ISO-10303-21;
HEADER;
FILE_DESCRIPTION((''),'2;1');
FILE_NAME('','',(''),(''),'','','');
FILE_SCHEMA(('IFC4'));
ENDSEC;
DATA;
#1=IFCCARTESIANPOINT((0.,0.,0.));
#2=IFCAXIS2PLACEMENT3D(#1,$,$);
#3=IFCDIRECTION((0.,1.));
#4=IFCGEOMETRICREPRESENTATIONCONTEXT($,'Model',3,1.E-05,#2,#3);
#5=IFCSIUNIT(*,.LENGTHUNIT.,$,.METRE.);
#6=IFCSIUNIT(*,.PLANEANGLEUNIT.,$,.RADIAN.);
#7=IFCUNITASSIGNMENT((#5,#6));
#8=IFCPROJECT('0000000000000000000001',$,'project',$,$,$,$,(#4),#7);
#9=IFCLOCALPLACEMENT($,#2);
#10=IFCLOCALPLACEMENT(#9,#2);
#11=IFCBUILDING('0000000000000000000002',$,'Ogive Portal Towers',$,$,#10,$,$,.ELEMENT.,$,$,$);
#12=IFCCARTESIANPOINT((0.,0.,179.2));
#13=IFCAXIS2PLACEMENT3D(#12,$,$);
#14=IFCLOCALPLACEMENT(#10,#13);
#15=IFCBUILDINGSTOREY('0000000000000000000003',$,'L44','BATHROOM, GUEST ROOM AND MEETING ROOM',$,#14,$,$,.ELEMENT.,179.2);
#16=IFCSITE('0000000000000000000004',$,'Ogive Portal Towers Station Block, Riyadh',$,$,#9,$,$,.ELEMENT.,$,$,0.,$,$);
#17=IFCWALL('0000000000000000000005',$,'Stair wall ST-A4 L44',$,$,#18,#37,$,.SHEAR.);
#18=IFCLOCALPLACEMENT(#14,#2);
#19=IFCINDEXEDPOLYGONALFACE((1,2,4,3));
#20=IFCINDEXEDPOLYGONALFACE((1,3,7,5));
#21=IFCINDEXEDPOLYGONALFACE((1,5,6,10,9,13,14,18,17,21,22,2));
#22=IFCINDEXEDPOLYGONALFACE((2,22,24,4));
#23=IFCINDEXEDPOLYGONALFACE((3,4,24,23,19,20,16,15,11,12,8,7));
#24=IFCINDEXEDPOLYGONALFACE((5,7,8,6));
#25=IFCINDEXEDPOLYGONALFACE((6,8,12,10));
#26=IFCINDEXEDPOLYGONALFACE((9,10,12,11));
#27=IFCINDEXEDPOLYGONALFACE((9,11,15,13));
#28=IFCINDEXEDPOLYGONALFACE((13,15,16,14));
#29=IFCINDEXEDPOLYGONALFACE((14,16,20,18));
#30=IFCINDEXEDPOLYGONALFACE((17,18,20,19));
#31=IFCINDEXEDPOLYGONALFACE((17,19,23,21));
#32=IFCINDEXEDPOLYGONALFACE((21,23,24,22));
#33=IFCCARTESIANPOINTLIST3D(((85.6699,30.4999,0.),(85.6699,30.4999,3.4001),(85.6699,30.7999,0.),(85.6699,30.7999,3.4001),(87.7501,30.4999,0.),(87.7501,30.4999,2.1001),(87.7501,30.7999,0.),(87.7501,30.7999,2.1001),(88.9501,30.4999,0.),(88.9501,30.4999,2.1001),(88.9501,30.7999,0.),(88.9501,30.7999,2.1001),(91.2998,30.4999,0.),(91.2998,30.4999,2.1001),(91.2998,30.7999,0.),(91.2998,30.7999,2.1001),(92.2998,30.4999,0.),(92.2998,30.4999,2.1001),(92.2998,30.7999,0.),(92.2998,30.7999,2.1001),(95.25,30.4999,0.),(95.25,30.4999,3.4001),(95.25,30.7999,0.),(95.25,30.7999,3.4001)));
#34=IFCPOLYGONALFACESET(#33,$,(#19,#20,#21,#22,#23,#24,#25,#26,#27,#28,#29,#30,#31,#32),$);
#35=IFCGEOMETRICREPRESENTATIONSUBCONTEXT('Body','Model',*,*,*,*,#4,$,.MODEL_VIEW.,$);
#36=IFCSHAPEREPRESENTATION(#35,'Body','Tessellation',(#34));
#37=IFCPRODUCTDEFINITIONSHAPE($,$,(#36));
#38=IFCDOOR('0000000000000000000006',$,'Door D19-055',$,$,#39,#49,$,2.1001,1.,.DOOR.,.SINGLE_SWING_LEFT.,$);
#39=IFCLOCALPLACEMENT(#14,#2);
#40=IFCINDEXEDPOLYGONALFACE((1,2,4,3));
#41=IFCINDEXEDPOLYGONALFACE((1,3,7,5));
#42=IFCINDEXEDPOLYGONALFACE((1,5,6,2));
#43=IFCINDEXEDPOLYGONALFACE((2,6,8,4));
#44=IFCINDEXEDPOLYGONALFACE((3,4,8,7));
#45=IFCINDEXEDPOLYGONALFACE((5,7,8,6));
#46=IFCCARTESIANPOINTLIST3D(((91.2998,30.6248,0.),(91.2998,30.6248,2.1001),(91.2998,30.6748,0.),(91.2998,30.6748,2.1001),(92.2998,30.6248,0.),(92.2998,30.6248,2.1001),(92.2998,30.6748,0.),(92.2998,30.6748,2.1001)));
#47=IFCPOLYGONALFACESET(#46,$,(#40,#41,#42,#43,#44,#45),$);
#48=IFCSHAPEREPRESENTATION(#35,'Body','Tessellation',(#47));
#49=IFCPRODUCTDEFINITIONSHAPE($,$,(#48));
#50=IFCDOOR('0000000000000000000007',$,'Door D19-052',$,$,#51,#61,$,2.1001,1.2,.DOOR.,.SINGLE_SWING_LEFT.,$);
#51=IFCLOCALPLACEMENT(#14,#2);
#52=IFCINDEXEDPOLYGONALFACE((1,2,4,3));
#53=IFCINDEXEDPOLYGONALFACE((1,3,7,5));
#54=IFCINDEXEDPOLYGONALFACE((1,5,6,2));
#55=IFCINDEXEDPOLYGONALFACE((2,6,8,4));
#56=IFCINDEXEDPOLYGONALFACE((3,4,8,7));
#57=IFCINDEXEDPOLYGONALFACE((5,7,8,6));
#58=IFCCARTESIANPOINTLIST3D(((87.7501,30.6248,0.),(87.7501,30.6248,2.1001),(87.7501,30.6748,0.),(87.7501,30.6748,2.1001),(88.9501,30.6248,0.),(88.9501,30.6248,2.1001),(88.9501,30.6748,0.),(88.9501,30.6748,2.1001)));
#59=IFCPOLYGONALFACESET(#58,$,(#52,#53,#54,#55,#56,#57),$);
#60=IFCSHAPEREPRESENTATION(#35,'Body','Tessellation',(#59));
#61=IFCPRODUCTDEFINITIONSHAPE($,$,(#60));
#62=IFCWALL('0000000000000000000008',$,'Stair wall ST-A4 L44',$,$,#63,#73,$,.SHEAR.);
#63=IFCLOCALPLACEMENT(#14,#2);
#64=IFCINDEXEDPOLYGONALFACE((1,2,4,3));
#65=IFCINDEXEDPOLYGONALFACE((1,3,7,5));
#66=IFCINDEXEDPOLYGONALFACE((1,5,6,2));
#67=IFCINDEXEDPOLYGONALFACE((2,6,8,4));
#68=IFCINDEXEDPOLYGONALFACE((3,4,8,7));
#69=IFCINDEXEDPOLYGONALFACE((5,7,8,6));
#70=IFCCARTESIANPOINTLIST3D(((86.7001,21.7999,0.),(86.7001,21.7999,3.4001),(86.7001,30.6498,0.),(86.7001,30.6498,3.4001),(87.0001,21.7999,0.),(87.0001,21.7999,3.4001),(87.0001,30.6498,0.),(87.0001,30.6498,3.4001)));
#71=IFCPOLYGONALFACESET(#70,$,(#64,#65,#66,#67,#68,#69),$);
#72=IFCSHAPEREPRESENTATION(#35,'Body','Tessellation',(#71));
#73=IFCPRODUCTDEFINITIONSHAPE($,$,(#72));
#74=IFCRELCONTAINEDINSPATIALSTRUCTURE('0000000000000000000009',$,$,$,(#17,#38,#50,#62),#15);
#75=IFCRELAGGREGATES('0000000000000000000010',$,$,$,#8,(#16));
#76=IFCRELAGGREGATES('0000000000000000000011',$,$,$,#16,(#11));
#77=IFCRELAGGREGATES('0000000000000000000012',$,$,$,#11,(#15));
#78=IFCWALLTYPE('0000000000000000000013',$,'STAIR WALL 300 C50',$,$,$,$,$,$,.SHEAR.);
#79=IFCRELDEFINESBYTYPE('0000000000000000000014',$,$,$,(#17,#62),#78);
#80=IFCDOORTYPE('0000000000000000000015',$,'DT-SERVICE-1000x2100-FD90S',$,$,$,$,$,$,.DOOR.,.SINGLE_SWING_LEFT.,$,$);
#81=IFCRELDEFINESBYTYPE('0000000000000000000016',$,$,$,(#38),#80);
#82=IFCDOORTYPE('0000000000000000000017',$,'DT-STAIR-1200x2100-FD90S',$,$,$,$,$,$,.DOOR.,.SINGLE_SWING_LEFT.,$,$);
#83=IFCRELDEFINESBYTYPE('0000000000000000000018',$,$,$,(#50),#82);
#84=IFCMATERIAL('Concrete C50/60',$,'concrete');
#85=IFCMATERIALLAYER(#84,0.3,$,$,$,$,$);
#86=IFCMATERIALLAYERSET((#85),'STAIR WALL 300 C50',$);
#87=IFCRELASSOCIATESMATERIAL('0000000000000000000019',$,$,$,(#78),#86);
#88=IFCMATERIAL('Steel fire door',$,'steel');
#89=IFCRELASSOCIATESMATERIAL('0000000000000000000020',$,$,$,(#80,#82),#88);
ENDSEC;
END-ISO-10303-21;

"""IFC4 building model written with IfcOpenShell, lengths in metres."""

from ifc_helpers import new_model, si_unit, direction, frame, frame_2d, origin, place, context, subcontext, project, spatial, rectangle, extrude, material, layer, layer_set, type_object, element, fill, save


model = new_model("IFC4")

# Units and contexts
model_context = context("Model", 3, precision=1e-05, world=origin(), true_north=direction((0.0, 1.0)))
body_context = subcontext(model_context, "Body", "Model", "MODEL_VIEW")
ifc_project = project(units=[si_unit("LENGTHUNIT", "METRE"), si_unit("PLANEANGLEUNIT", "RADIAN")], contexts=[model_context])

# Site, building, storey
site_placement = place(None, origin())
site = spatial("IfcSite", under=ifc_project, at=site_placement, Name="Ogive Portal Towers Station Block, Riyadh", CompositionType="ELEMENT", RefElevation=0.0)
building_placement = place(site_placement, origin())
building = spatial("IfcBuilding", under=site, at=building_placement, Name="Ogive Portal Towers", CompositionType="ELEMENT")
storey_placement = place(building_placement, frame((0.0, 0.0, 179.2)))
storey = spatial("IfcBuildingStorey", under=building, at=storey_placement, Name="L44", Description="BATHROOM, GUEST ROOM AND MEETING ROOM", CompositionType="ELEMENT", Elevation=179.2)

# Shared definitions
ifc_material_1 = material(Name="Concrete C50/60", Category="concrete")

# Shared definitions
ifc_material_2 = material(Name="Steel fire door", Category="steel")

# Shared definitions
ifc_layer_1 = layer(ifc_material_1, 0.3)
ifc_layer_set_1 = layer_set([ifc_layer_1], Name="STAIR WALL 300 C50")
wall_type_1 = type_object("IfcWallType", Name="STAIR WALL 300 C50", PredefinedType="SHEAR", material=ifc_layer_set_1)

# Wall, openings, doors
wall_1_placement = place(storey_placement, frame((85.6699, 30.6499, 0.0), z_axis=(0.0, 0.0, 1.0), x_axis=(1.0, 0.0, 0.0)))
wall_1 = element("IfcWall", 1, at=wall_1_placement, inside=storey, type_object=wall_type_1, Name="Stair wall ST-A4 L44", PredefinedType="SHEAR", context=body_context, shape_type="SweptSolid", body=[
    extrude(rectangle(XDim=9.5801, YDim=0.3, at=frame_2d((4.79, 0.0))), origin(), (0.0, 0.0, 1.0), 3.4001),
])
opening_1_placement = place(wall_1_placement, frame((2.0801, 0.0, 0.0)))
opening_1 = element("IfcOpeningElement", 2, at=opening_1_placement, cuts=wall_1, PredefinedType="OPENING", context=body_context, shape_type="SweptSolid", body=[
    extrude(rectangle(XDim=1.2, YDim=2.1001, at=frame_2d((0.6001, 1.05))), frame((0.0, 0.1602, 0.0), z_axis=(0.0, -1.0, 0.0), x_axis=(1.0, 0.0, 0.0)), (0.0, 0.0, 1.0), 0.3201),
])
opening_2_placement = place(wall_1_placement, frame((5.6299, 0.0, 0.0)))
opening_2 = element("IfcOpeningElement", 3, at=opening_2_placement, cuts=wall_1, PredefinedType="OPENING", context=body_context, shape_type="SweptSolid", body=[
    extrude(rectangle(XDim=1.0, YDim=2.1001, at=frame_2d((0.5, 1.05))), frame((0.0, 0.1602, 0.0), z_axis=(0.0, -1.0, 0.0), x_axis=(1.0, 0.0, 0.0)), (0.0, 0.0, 1.0), 0.3201),
])
door_type_1 = type_object("IfcDoorType", Name="DT-SERVICE-1000x2100-FD90S", OperationType="SINGLE_SWING_LEFT", PredefinedType="DOOR", material=ifc_material_2)
door_1_placement = place(opening_2_placement, origin())
door_1 = element("IfcDoor", 4, at=door_1_placement, inside=storey, type_object=door_type_1, Name="Door D19-055", OperationType="SINGLE_SWING_LEFT", OverallHeight=2.1001, OverallWidth=1.0, PredefinedType="DOOR", context=body_context, shape_type="SweptSolid", body=[
    extrude(rectangle(XDim=1.0, YDim=2.1001, at=frame_2d((0.5, 1.05))), frame((0.0, 0.0249, 0.0), z_axis=(0.0, -1.0, 0.0), x_axis=(1.0, 0.0, 0.0)), (0.0, 0.0, 1.0), 0.05),
])
fill(opening_2, door_1)
door_type_2 = type_object("IfcDoorType", Name="DT-STAIR-1200x2100-FD90S", OperationType="SINGLE_SWING_LEFT", PredefinedType="DOOR", material=ifc_material_2)
door_2_placement = place(opening_1_placement, origin())
door_2 = element("IfcDoor", 5, at=door_2_placement, inside=storey, type_object=door_type_2, Name="Door D19-052", OperationType="SINGLE_SWING_LEFT", OverallHeight=2.1001, OverallWidth=1.2, PredefinedType="DOOR", context=body_context, shape_type="SweptSolid", body=[
    extrude(rectangle(XDim=1.2, YDim=2.1001, at=frame_2d((0.6001, 1.05))), frame((0.0, 0.0249, 0.0), z_axis=(0.0, -1.0, 0.0), x_axis=(1.0, 0.0, 0.0)), (0.0, 0.0, 1.0), 0.05),
])
fill(opening_1, door_2)

# Wall
wall_2_placement = place(storey_placement, frame((86.8501, 21.8, 0.0), z_axis=(0.0, 0.0, 1.0), x_axis=(0.0, 1.0, 0.0)))
element("IfcWall", 6, at=wall_2_placement, inside=storey, type_object=wall_type_1, Name="Stair wall ST-A4 L44", PredefinedType="SHEAR", context=body_context, shape_type="SweptSolid", body=[
    extrude(rectangle(XDim=8.8499, YDim=0.3, at=frame_2d((4.4248, 0.0))), origin(), (0.0, 0.0, 1.0), 3.4001),
])

save(model, "model.ifc")
